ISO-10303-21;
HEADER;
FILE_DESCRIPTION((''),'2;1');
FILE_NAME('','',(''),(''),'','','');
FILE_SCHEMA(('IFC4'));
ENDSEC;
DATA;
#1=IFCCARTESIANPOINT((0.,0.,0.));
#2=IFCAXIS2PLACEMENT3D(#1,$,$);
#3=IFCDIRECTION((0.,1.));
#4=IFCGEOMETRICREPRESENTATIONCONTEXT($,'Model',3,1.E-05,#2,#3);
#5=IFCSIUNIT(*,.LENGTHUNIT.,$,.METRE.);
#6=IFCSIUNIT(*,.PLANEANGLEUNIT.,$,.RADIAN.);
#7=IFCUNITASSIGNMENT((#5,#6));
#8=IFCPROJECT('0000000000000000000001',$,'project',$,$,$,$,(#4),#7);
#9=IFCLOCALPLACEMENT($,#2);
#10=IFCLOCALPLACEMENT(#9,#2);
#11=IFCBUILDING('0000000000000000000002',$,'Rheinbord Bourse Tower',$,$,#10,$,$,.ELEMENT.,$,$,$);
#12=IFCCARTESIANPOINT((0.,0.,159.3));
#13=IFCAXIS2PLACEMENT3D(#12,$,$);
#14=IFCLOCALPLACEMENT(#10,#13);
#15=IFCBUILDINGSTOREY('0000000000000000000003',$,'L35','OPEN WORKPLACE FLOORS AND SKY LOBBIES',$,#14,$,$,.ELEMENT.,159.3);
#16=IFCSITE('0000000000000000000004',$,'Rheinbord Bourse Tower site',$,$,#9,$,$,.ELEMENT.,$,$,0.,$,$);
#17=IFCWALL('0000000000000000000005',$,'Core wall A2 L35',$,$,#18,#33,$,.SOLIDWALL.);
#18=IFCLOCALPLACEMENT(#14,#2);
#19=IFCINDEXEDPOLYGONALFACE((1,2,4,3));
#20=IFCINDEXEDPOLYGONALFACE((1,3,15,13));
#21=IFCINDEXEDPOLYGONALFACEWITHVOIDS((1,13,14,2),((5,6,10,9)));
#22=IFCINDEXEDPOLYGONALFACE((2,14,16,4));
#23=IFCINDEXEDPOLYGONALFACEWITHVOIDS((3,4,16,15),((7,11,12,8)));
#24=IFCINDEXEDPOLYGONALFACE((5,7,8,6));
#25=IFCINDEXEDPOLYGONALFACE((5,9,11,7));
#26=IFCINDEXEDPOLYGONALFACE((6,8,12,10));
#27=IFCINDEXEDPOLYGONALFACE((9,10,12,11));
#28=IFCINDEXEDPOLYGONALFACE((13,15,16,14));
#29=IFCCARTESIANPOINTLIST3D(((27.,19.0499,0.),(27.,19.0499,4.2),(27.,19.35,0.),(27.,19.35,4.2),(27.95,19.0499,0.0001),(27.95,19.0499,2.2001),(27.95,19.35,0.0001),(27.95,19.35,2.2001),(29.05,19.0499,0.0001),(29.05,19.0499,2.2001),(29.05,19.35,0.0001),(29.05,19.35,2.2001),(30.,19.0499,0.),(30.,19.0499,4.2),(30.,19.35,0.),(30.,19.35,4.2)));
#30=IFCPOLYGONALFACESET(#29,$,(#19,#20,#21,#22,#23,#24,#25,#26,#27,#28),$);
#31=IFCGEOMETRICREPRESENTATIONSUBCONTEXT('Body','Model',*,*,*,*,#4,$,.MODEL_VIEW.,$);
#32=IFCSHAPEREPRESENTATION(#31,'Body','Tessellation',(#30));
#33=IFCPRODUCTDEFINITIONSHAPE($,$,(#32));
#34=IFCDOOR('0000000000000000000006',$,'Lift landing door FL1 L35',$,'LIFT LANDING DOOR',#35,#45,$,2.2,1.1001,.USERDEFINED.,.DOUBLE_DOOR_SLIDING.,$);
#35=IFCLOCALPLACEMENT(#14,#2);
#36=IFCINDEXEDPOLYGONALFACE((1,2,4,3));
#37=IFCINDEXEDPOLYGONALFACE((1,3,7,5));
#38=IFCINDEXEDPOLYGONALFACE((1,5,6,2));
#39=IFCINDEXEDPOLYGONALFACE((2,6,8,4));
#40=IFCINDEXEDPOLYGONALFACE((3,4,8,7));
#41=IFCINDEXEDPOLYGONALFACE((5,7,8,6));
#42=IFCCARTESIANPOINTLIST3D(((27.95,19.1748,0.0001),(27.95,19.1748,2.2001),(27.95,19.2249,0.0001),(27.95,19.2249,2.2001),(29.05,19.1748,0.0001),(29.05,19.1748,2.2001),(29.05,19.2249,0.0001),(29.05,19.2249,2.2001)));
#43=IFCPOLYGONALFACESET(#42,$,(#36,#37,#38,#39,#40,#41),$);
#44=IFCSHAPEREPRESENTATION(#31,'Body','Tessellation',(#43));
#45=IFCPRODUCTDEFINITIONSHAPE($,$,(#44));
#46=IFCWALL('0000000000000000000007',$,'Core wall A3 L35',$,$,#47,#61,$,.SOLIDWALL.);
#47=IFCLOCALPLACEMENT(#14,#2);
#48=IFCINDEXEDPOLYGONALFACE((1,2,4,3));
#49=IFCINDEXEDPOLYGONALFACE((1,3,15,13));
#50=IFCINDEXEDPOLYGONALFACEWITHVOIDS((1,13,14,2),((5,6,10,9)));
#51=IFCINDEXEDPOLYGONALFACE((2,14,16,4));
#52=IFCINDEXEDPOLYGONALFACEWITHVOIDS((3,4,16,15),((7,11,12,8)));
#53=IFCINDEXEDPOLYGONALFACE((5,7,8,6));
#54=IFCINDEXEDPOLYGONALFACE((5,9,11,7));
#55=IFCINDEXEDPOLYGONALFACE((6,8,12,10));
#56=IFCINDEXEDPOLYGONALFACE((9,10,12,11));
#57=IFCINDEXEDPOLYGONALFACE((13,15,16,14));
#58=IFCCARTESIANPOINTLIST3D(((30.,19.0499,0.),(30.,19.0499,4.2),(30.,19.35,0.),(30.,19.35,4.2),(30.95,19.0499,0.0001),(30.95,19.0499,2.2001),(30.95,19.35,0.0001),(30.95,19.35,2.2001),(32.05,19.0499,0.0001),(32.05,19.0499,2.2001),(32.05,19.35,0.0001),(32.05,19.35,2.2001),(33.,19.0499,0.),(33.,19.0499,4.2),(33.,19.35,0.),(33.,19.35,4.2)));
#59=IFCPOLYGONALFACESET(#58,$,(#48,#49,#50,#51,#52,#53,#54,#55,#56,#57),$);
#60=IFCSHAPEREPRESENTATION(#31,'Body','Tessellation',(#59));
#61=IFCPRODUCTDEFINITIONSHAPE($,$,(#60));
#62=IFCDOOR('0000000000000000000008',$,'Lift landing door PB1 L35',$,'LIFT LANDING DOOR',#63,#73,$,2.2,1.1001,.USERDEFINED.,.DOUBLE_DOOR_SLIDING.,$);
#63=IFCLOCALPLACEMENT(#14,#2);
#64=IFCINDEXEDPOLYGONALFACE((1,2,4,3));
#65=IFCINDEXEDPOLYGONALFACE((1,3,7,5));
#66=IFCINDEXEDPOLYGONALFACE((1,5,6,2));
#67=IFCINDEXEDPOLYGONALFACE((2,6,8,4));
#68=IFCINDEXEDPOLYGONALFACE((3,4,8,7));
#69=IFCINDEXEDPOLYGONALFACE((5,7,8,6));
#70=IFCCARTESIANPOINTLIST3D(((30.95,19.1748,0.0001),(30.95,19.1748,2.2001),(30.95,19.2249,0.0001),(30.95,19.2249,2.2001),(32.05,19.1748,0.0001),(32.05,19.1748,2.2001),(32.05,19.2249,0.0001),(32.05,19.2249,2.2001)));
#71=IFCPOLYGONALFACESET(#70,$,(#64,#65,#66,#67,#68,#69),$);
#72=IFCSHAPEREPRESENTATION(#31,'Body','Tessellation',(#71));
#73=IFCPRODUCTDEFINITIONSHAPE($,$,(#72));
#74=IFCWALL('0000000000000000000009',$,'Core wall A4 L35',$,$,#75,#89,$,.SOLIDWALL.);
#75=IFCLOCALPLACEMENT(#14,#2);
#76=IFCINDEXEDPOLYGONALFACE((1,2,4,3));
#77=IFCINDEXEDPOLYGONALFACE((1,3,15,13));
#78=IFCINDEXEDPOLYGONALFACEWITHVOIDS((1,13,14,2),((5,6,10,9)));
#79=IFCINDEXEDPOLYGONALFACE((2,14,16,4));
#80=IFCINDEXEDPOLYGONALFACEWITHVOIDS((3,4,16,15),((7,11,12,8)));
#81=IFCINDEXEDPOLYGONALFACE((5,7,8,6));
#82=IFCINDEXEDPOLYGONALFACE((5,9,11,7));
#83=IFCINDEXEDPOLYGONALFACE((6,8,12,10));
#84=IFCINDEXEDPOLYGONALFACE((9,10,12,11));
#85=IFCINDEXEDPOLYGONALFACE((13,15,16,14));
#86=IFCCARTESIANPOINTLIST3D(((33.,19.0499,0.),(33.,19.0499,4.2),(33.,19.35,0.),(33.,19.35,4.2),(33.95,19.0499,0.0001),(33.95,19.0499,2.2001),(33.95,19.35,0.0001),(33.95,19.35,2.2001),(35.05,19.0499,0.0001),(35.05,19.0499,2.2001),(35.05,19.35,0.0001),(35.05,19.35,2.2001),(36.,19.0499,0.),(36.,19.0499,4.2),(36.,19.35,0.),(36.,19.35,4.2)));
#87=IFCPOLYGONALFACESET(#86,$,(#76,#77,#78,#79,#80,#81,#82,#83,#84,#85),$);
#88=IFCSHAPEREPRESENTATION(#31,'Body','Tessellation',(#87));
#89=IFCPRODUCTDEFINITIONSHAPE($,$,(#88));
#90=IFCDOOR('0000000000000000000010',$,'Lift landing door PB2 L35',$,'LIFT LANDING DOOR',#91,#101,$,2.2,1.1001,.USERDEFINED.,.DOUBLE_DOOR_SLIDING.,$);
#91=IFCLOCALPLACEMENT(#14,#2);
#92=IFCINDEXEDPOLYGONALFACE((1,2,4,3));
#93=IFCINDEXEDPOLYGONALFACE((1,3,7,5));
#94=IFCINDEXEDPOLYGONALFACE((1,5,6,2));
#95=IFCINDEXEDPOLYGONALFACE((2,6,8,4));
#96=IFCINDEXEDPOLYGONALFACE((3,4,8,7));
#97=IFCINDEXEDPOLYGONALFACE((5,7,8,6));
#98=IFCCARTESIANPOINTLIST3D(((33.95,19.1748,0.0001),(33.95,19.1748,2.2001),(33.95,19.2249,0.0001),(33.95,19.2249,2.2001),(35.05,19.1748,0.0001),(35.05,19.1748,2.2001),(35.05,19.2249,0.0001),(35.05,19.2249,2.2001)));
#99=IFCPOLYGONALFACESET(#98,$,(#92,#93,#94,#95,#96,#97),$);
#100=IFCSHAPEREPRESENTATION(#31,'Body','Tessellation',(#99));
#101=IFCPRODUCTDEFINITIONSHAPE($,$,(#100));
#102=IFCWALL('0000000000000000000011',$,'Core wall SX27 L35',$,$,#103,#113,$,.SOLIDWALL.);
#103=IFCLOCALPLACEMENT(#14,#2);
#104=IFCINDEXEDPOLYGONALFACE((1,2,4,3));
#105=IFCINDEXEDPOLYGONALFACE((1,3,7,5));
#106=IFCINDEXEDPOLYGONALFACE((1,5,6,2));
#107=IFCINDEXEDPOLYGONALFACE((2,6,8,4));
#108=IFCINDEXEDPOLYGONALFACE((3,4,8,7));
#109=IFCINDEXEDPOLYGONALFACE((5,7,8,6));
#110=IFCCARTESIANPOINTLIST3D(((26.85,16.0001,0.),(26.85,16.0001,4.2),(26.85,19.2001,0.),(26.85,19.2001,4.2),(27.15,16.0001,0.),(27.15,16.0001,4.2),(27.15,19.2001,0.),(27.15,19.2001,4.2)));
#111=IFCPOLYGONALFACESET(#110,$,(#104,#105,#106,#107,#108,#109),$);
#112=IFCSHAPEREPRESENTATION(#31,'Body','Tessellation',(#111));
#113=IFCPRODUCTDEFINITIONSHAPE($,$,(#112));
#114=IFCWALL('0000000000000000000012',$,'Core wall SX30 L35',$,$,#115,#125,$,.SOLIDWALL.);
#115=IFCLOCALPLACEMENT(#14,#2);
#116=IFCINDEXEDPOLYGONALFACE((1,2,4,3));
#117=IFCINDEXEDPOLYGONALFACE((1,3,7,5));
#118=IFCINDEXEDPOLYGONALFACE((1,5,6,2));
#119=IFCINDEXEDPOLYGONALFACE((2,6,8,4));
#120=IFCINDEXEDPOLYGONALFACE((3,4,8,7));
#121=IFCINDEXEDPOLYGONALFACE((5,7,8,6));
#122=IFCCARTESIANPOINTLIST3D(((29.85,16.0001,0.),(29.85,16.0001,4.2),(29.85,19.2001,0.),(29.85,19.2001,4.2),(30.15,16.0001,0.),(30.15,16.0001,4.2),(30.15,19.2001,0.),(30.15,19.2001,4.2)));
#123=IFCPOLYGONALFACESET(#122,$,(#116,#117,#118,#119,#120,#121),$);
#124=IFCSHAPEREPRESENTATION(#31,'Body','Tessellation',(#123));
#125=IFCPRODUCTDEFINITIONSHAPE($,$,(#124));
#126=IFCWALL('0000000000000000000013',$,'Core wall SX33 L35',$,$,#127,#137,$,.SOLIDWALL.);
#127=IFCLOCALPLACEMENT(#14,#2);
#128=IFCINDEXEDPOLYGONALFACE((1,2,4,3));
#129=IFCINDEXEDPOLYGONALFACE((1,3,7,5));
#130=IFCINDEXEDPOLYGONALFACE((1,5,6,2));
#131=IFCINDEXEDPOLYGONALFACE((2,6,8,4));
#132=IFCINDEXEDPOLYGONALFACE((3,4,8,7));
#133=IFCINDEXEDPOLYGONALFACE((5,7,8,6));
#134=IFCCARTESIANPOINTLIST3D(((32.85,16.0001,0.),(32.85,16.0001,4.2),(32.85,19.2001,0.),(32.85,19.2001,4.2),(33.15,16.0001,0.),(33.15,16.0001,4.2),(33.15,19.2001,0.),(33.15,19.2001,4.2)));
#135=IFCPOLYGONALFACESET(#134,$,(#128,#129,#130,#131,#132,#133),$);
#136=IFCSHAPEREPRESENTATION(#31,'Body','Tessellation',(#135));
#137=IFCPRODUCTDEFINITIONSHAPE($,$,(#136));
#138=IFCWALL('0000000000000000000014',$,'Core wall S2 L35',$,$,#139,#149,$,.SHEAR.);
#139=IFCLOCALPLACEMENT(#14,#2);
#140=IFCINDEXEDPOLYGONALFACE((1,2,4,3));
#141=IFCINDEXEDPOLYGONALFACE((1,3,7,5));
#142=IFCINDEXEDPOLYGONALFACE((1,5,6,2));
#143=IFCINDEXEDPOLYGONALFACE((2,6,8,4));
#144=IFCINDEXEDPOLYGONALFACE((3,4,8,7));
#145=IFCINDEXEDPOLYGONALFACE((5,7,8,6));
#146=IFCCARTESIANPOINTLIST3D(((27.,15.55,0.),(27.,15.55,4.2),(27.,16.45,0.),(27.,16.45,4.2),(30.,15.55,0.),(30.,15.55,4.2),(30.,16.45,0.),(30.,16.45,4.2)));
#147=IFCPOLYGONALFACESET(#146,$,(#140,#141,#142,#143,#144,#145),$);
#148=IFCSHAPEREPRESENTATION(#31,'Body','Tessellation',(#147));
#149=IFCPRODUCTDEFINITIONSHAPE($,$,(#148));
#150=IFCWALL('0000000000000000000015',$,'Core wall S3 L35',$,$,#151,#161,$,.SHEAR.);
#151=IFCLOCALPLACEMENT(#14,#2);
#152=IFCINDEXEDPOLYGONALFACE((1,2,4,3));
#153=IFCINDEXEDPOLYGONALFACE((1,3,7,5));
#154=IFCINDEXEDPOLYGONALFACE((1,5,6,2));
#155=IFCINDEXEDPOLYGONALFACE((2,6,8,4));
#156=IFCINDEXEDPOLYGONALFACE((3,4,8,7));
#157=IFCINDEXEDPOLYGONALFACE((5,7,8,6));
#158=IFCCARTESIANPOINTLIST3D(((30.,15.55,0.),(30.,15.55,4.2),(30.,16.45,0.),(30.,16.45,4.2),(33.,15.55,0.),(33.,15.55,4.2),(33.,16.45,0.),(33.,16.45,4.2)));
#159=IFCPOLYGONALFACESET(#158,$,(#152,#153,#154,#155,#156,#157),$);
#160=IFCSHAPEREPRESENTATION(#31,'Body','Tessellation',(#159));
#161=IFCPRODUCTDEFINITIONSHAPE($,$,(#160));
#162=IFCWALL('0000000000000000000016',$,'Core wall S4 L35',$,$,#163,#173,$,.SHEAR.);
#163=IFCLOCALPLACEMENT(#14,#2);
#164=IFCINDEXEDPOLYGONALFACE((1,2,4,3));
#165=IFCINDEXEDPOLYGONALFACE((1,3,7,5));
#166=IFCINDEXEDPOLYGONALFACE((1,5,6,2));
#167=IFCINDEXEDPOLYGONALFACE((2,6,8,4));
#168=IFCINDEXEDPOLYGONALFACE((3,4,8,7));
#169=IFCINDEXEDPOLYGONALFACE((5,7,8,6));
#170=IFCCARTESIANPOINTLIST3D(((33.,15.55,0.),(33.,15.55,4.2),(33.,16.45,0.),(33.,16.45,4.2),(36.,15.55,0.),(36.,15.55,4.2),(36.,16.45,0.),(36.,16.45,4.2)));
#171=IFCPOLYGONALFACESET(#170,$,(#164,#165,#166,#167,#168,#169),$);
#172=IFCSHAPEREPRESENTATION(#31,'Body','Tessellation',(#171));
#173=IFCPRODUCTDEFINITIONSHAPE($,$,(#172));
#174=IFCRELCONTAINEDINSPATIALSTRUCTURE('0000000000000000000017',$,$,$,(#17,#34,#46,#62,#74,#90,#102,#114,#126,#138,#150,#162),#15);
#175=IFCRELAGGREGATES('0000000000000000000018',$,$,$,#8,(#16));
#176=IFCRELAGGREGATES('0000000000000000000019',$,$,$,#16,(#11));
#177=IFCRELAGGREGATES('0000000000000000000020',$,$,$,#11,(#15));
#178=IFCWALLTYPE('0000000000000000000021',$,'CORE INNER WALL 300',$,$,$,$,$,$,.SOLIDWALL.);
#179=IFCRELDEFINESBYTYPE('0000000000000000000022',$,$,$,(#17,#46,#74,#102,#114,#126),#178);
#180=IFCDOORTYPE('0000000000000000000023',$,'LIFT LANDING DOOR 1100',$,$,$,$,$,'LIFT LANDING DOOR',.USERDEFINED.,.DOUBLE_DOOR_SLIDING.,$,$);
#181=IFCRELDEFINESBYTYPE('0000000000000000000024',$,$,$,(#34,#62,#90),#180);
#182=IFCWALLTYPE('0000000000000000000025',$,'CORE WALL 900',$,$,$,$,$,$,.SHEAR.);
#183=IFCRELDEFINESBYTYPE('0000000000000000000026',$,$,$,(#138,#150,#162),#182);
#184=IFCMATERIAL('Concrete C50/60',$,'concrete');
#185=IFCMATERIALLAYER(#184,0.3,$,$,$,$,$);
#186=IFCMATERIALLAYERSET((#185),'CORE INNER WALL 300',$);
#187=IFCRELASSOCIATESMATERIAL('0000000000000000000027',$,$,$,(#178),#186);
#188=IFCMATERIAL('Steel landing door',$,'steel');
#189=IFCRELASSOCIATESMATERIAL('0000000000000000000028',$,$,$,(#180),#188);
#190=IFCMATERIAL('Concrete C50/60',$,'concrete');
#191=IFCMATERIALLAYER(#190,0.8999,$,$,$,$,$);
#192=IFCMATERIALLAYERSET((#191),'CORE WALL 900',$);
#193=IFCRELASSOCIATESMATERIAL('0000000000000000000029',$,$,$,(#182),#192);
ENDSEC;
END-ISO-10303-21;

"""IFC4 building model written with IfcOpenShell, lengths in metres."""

from ifc_helpers import new_model, si_unit, direction, frame, frame_2d, origin, place, context, subcontext, project, spatial, rectangle, extrude, material, layer, layer_set, type_object, element, fill, save


model = new_model("IFC4")

# Units and contexts
model_context = context("Model", 3, precision=1e-05, world=origin(), true_north=direction((0.0, 1.0)))
body_context = subcontext(model_context, "Body", "Model", "MODEL_VIEW")
ifc_project = project(units=[si_unit("LENGTHUNIT", "METRE"), si_unit("PLANEANGLEUNIT", "RADIAN")], contexts=[model_context])

# Site, building, storey
site_placement = place(None, origin())
site = spatial("IfcSite", under=ifc_project, at=site_placement, Name="Rheinbord Bourse Tower site", CompositionType="ELEMENT", RefElevation=0.0)
building_placement = place(site_placement, origin())
building = spatial("IfcBuilding", under=site, at=building_placement, Name="Rheinbord Bourse Tower", CompositionType="ELEMENT")
storey_placement = place(building_placement, frame((0.0, 0.0, 159.3)))
storey = spatial("IfcBuildingStorey", under=building, at=storey_placement, Name="L35", Description="OPEN WORKPLACE FLOORS AND SKY LOBBIES", CompositionType="ELEMENT", Elevation=159.3)

# Walls, openings, doors
ifc_material_1 = material(Name="Concrete C50/60", Category="concrete")
ifc_layer_1 = layer(ifc_material_1, 0.3)
ifc_layer_set_1 = layer_set([ifc_layer_1], Name="CORE INNER WALL 300")
wall_type_1 = type_object("IfcWallType", Name="CORE INNER WALL 300", PredefinedType="SOLIDWALL", material=ifc_layer_set_1)
wall_1_placement = place(storey_placement, frame((27.0, 19.2, 0.0), z_axis=(0.0, 0.0, 1.0), x_axis=(1.0, 0.0, 0.0)))
wall_1 = element("IfcWall", 1, at=wall_1_placement, inside=storey, type_object=wall_type_1, Name="Core wall A2 L35", PredefinedType="SOLIDWALL", context=body_context, shape_type="SweptSolid", body=[
    extrude(rectangle(XDim=3.0, YDim=0.3, at=frame_2d((1.5, 0.0))), origin(), (0.0, 0.0, 1.0), 4.2),
])
opening_1_placement = place(wall_1_placement, frame((0.95, 0.0, 0.0)))
opening_1 = element("IfcOpeningElement", 2, at=opening_1_placement, cuts=wall_1, PredefinedType="OPENING", context=body_context, shape_type="SweptSolid", body=[
    extrude(rectangle(XDim=1.1001, YDim=2.2, at=frame_2d((0.55, 1.1001))), frame((0.0, 0.1599, 0.0), z_axis=(0.0, -1.0, 0.0), x_axis=(1.0, 0.0, 0.0)), (0.0, 0.0, 1.0), 0.3201),
])
ifc_material_2 = material(Name="Steel landing door", Category="steel")
door_type_1 = type_object("IfcDoorType", Name="LIFT LANDING DOOR 1100", ElementType="LIFT LANDING DOOR", OperationType="DOUBLE_DOOR_SLIDING", PredefinedType="USERDEFINED", material=ifc_material_2)
door_1_placement = place(opening_1_placement, origin())
door_1 = element("IfcDoor", 3, at=door_1_placement, inside=storey, type_object=door_type_1, Name="Lift landing door FL1 L35", ObjectType="LIFT LANDING DOOR", OperationType="DOUBLE_DOOR_SLIDING", OverallHeight=2.2, OverallWidth=1.1001, PredefinedType="USERDEFINED", context=body_context, shape_type="SweptSolid", body=[
    extrude(rectangle(XDim=1.1001, YDim=2.2, at=frame_2d((0.55, 1.1001))), frame((0.0, 0.0249, 0.0), z_axis=(0.0, -1.0, 0.0), x_axis=(1.0, 0.0, 0.0)), (0.0, 0.0, 1.0), 0.05),
])
fill(opening_1, door_1)
wall_2_placement = place(storey_placement, frame((30.0, 19.2, 0.0), z_axis=(0.0, 0.0, 1.0), x_axis=(1.0, 0.0, 0.0)))
wall_2 = element("IfcWall", 4, at=wall_2_placement, inside=storey, type_object=wall_type_1, Name="Core wall A3 L35", PredefinedType="SOLIDWALL", context=body_context, shape_type="SweptSolid", body=[
    extrude(rectangle(XDim=3.0, YDim=0.3, at=frame_2d((1.5, 0.0))), origin(), (0.0, 0.0, 1.0), 4.2),
])
opening_2_placement = place(wall_2_placement, frame((0.95, 0.0, 0.0)))
opening_2 = element("IfcOpeningElement", 5, at=opening_2_placement, cuts=wall_2, PredefinedType="OPENING", context=body_context, shape_type="SweptSolid", body=[
    extrude(rectangle(XDim=1.1001, YDim=2.2, at=frame_2d((0.55, 1.1001))), frame((0.0, 0.1599, 0.0), z_axis=(0.0, -1.0, 0.0), x_axis=(1.0, 0.0, 0.0)), (0.0, 0.0, 1.0), 0.3201),
])
door_2_placement = place(opening_2_placement, origin())
door_2 = element("IfcDoor", 6, at=door_2_placement, inside=storey, type_object=door_type_1, Name="Lift landing door PB1 L35", ObjectType="LIFT LANDING DOOR", OperationType="DOUBLE_DOOR_SLIDING", OverallHeight=2.2, OverallWidth=1.1001, PredefinedType="USERDEFINED", context=body_context, shape_type="SweptSolid", body=[
    extrude(rectangle(XDim=1.1001, YDim=2.2, at=frame_2d((0.55, 1.1001))), frame((0.0, 0.0249, 0.0), z_axis=(0.0, -1.0, 0.0), x_axis=(1.0, 0.0, 0.0)), (0.0, 0.0, 1.0), 0.05),
])
fill(opening_2, door_2)
wall_3_placement = place(storey_placement, frame((33.0, 19.2, 0.0), z_axis=(0.0, 0.0, 1.0), x_axis=(1.0, 0.0, 0.0)))
wall_3 = element("IfcWall", 7, at=wall_3_placement, inside=storey, type_object=wall_type_1, Name="Core wall A4 L35", PredefinedType="SOLIDWALL", context=body_context, shape_type="SweptSolid", body=[
    extrude(rectangle(XDim=3.0, YDim=0.3, at=frame_2d((1.5, 0.0))), origin(), (0.0, 0.0, 1.0), 4.2),
])
opening_3_placement = place(wall_3_placement, frame((0.95, 0.0, 0.0)))
opening_3 = element("IfcOpeningElement", 8, at=opening_3_placement, cuts=wall_3, PredefinedType="OPENING", context=body_context, shape_type="SweptSolid", body=[
    extrude(rectangle(XDim=1.1001, YDim=2.2, at=frame_2d((0.55, 1.1001))), frame((0.0, 0.1599, 0.0), z_axis=(0.0, -1.0, 0.0), x_axis=(1.0, 0.0, 0.0)), (0.0, 0.0, 1.0), 0.3201),
])
door_3_placement = place(opening_3_placement, origin())
door_3 = element("IfcDoor", 9, at=door_3_placement, inside=storey, type_object=door_type_1, Name="Lift landing door PB2 L35", ObjectType="LIFT LANDING DOOR", OperationType="DOUBLE_DOOR_SLIDING", OverallHeight=2.2, OverallWidth=1.1001, PredefinedType="USERDEFINED", context=body_context, shape_type="SweptSolid", body=[
    extrude(rectangle(XDim=1.1001, YDim=2.2, at=frame_2d((0.55, 1.1001))), frame((0.0, 0.0249, 0.0), z_axis=(0.0, -1.0, 0.0), x_axis=(1.0, 0.0, 0.0)), (0.0, 0.0, 1.0), 0.05),
])
fill(opening_3, door_3)

# Walls
for number, where, z_axis, x_axis, name in (
    (10, (27.0, 16.0, 0.0), (0.0, 0.0, 1.0), (0.0, 1.0, 0.0), "Core wall SX27 L35"),
    (11, (30.0, 16.0, 0.0), (0.0, 0.0, 1.0), (0.0, 1.0, 0.0), "Core wall SX30 L35"),
    (12, (33.0, 16.0, 0.0), (0.0, 0.0, 1.0), (0.0, 1.0, 0.0), "Core wall SX33 L35"),
):
    element("IfcWall", number, at=place(storey_placement, frame(where, z_axis=z_axis, x_axis=x_axis)), inside=storey, type_object=wall_type_1, Name=name, PredefinedType="SOLIDWALL", context=body_context, shape_type="SweptSolid", body=[
        extrude(rectangle(XDim=3.2, YDim=0.3, at=frame_2d((1.6001, 0.0))), origin(), (0.0, 0.0, 1.0), 4.2),
    ])
ifc_material_3 = material(Name="Concrete C50/60", Category="concrete")
ifc_layer_2 = layer(ifc_material_3, 0.8999)
ifc_layer_set_2 = layer_set([ifc_layer_2], Name="CORE WALL 900")
wall_type_2 = type_object("IfcWallType", Name="CORE WALL 900", PredefinedType="SHEAR", material=ifc_layer_set_2)
for number, where, z_axis, x_axis, name in (
    (13, (27.0, 16.0, 0.0), (0.0, 0.0, 1.0), (1.0, 0.0, 0.0), "Core wall S2 L35"),
    (14, (30.0, 16.0, 0.0), (0.0, 0.0, 1.0), (1.0, 0.0, 0.0), "Core wall S3 L35"),
    (15, (33.0, 16.0, 0.0), (0.0, 0.0, 1.0), (1.0, 0.0, 0.0), "Core wall S4 L35"),
):
    element("IfcWall", number, at=place(storey_placement, frame(where, z_axis=z_axis, x_axis=x_axis)), inside=storey, type_object=wall_type_2, Name=name, PredefinedType="SHEAR", context=body_context, shape_type="SweptSolid", body=[
        extrude(rectangle(XDim=3.0, YDim=0.8999, at=frame_2d((1.5, 0.0))), origin(), (0.0, 0.0, 1.0), 4.2),
    ])

save(model, "model.ifc")
